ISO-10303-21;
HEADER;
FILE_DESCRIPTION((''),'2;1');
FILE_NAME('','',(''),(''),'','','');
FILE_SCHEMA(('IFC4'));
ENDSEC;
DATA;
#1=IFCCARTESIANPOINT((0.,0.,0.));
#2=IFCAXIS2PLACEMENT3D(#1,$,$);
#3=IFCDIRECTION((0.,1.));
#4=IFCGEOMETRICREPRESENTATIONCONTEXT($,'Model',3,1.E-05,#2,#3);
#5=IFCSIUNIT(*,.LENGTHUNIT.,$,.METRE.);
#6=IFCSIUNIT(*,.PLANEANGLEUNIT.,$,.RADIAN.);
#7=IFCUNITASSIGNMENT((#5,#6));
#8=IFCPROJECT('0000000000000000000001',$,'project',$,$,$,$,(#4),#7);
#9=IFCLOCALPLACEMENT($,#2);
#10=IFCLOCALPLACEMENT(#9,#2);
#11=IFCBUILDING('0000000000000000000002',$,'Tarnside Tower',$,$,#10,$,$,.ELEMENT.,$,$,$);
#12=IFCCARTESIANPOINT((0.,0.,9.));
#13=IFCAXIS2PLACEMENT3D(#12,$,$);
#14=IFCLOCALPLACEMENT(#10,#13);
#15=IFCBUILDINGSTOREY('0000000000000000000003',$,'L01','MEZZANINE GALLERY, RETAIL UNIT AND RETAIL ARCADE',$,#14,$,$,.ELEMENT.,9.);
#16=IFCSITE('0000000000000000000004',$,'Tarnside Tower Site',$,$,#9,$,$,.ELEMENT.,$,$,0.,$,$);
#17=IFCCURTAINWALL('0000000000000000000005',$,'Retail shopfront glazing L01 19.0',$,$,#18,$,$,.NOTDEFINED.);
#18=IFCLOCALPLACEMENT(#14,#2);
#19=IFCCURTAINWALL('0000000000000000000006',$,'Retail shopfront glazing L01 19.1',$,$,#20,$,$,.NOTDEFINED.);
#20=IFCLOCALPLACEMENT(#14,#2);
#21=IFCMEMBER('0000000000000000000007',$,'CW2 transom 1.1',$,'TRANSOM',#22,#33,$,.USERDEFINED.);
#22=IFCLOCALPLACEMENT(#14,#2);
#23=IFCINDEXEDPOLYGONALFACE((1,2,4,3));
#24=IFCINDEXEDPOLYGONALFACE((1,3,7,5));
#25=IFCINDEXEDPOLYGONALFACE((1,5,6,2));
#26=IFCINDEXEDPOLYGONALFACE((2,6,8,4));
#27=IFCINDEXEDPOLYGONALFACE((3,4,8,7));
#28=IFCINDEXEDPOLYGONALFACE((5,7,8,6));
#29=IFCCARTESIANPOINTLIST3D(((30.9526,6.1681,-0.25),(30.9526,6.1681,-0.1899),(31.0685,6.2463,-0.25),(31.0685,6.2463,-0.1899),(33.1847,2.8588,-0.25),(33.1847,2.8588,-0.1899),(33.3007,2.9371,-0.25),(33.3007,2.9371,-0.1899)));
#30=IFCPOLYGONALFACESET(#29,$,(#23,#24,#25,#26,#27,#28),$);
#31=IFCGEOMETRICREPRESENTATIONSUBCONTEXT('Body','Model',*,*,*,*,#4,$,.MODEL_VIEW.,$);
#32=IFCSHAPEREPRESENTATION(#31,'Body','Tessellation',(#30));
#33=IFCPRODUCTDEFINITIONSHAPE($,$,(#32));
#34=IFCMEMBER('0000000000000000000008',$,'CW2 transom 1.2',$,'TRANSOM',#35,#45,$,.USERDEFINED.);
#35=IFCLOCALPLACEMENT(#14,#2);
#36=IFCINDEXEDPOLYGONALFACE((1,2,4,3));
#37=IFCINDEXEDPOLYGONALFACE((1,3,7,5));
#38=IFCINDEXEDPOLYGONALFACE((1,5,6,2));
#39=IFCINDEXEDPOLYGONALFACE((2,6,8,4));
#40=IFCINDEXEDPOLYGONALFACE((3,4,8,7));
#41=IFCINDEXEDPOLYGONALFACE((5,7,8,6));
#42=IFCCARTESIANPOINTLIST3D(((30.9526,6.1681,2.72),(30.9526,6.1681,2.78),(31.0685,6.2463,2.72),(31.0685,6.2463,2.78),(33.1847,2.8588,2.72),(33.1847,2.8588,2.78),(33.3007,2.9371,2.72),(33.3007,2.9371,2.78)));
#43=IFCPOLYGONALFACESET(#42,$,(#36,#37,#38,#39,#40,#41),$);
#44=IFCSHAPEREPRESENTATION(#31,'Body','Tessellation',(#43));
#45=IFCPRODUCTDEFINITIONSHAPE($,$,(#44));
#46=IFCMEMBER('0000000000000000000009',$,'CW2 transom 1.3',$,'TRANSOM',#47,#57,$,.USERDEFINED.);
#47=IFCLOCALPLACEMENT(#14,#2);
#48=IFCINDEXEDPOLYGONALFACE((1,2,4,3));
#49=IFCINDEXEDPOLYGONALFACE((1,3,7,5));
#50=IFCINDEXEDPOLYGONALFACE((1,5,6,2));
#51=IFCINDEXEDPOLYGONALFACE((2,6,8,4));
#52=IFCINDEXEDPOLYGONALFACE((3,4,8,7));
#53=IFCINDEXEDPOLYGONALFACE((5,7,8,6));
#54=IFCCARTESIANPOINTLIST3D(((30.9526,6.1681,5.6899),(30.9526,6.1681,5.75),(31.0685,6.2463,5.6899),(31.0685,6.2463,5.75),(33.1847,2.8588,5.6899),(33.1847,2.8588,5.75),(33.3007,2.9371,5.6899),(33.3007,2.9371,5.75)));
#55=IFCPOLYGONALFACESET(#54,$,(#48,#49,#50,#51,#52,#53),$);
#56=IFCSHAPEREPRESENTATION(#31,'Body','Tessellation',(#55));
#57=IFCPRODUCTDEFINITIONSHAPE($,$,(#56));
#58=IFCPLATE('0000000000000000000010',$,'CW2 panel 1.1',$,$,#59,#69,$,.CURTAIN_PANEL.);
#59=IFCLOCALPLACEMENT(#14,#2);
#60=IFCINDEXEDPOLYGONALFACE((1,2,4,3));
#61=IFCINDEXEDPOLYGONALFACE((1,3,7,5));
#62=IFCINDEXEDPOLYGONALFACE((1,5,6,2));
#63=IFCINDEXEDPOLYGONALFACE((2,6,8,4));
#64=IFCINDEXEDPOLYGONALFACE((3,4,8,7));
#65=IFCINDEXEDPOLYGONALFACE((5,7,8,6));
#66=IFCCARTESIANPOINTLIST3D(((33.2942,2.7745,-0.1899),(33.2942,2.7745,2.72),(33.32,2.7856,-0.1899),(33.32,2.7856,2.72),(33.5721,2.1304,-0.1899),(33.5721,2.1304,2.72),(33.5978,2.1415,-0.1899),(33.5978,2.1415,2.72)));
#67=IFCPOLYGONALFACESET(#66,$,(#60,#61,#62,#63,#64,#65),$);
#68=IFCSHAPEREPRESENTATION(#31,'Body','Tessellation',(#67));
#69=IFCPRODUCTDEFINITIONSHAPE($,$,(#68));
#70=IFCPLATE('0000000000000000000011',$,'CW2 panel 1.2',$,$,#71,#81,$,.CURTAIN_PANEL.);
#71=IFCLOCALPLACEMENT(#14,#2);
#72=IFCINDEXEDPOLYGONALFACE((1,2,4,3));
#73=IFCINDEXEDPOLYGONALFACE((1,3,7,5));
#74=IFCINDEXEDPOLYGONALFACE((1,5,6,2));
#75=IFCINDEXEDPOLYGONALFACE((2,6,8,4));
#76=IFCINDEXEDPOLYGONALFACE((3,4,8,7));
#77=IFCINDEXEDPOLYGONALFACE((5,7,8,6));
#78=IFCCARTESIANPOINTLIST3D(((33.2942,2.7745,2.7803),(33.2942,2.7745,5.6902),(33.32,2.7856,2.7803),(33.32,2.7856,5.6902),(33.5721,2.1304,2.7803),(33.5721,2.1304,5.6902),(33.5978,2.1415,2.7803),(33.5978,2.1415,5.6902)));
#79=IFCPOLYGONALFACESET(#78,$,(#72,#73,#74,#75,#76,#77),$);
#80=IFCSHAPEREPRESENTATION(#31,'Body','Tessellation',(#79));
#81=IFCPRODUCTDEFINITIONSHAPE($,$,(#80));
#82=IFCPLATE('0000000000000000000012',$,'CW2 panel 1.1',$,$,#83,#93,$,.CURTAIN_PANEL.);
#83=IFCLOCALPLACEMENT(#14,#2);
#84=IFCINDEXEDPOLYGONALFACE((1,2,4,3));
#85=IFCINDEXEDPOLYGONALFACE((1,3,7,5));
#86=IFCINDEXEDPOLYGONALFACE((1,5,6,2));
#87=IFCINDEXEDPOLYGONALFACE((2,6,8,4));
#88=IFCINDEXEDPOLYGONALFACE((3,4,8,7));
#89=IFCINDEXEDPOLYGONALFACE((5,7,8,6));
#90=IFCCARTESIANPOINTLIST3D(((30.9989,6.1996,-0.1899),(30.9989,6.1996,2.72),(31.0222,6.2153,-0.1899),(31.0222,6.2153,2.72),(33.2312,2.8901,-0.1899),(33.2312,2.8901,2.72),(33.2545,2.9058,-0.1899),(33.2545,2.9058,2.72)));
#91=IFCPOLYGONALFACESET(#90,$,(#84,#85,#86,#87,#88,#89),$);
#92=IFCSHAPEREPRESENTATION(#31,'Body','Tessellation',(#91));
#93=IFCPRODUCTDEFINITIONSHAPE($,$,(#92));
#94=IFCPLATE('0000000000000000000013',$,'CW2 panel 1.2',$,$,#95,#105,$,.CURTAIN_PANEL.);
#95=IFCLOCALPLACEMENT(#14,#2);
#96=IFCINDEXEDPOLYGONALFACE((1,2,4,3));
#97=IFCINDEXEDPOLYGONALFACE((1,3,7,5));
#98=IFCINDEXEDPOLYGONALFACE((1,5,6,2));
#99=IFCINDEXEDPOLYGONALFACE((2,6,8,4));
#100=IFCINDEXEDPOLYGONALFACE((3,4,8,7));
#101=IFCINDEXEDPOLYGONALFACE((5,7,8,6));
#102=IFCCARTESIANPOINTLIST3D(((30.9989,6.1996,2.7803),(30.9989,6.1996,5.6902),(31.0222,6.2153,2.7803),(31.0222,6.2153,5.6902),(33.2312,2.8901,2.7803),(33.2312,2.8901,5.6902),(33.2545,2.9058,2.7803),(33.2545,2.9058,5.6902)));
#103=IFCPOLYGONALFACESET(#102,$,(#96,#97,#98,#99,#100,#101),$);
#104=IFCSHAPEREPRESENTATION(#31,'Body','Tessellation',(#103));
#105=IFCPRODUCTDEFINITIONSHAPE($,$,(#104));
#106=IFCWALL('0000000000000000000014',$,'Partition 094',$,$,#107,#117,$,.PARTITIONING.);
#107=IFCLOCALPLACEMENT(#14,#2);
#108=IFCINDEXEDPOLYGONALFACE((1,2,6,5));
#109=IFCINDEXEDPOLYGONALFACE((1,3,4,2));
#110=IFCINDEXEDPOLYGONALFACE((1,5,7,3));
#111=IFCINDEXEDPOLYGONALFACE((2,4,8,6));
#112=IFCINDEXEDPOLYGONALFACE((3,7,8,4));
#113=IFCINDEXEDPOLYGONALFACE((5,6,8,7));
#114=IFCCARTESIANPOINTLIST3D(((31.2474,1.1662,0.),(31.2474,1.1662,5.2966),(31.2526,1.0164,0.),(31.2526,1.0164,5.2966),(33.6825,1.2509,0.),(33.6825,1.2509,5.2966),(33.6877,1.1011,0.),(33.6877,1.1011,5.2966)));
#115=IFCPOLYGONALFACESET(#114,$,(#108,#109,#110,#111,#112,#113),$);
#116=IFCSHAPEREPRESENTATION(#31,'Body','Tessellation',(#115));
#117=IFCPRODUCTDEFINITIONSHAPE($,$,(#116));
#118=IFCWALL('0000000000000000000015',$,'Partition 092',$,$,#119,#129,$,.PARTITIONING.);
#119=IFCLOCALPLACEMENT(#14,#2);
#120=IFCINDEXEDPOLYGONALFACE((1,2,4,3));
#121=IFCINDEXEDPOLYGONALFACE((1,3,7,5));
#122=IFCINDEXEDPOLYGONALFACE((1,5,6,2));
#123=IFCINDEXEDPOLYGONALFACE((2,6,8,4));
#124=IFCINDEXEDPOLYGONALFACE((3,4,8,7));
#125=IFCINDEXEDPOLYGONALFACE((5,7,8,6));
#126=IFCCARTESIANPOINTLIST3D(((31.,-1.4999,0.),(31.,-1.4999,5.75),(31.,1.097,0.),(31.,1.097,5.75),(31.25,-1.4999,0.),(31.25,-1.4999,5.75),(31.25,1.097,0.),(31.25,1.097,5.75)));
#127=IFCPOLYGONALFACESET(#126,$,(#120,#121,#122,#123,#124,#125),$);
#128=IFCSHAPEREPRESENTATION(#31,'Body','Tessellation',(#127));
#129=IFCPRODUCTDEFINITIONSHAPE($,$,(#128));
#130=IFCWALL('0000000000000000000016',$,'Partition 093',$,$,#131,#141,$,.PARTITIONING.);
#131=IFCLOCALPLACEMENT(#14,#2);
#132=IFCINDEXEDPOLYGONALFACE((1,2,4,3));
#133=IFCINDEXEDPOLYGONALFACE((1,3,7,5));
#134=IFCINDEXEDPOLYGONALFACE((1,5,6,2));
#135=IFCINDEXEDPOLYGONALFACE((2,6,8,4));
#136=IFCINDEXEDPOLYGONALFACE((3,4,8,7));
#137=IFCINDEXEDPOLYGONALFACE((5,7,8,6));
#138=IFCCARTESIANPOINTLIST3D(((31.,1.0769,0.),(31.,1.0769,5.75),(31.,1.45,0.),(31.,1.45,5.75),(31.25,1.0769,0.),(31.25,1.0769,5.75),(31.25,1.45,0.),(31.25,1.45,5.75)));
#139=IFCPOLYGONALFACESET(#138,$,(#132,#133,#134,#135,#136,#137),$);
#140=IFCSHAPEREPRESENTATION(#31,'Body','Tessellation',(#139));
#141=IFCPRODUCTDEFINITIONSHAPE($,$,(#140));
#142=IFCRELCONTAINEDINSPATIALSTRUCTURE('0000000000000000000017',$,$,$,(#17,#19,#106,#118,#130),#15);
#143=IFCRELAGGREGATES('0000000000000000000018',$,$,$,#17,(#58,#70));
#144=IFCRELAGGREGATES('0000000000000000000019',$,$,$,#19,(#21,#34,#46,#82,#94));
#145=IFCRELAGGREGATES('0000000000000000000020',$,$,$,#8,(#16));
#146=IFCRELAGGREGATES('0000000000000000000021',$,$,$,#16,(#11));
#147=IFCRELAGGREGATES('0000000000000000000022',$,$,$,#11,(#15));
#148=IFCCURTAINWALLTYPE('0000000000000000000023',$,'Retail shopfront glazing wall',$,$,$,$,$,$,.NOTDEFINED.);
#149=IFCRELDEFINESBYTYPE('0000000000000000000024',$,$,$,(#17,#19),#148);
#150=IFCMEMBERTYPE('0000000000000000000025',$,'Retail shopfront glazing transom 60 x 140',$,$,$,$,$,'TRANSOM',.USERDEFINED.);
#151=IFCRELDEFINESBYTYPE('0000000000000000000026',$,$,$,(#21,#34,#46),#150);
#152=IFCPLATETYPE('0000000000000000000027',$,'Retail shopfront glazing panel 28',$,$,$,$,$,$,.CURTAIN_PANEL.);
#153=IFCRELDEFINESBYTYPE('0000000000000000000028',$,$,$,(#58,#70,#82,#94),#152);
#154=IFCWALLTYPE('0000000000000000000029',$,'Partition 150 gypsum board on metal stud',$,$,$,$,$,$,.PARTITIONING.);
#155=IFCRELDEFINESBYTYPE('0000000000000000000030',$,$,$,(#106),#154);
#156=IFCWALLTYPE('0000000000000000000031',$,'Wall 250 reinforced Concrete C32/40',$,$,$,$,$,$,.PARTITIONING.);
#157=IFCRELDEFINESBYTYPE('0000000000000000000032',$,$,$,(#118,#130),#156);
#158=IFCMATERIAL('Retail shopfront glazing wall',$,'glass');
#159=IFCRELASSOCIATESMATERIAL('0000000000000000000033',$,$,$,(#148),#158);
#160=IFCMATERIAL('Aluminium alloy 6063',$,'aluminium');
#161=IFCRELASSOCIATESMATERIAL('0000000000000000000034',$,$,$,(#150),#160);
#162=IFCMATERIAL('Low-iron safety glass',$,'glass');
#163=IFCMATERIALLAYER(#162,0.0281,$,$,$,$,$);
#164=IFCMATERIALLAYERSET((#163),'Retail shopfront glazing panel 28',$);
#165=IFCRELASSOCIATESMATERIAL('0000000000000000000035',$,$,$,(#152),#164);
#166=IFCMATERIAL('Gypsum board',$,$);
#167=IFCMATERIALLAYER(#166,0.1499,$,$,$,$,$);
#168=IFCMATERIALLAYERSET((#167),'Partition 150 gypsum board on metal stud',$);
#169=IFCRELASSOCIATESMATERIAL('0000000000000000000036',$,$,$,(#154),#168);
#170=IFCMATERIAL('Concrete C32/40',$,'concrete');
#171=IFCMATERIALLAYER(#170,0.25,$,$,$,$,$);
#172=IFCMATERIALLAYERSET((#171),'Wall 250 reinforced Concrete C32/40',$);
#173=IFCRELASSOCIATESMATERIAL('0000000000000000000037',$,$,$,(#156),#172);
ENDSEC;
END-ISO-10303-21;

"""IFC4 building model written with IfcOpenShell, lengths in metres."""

from ifc_helpers import new_model, si_unit, direction, frame, frame_2d, origin, origin_2d, place, context, subcontext, project, spatial, rectangle, extrude, material, layer, layer_set, material_profile, profile_set, type_object, element, aggregate, save


model = new_model("IFC4")

# Units and contexts
model_context = context("Model", 3, precision=1e-05, world=origin(), true_north=direction((0.0, 1.0)))
body_context = subcontext(model_context, "Body", "Model", "MODEL_VIEW")
ifc_project = project(units=[si_unit("LENGTHUNIT", "METRE"), si_unit("PLANEANGLEUNIT", "RADIAN")], contexts=[model_context])

# Site, building, storey
site_placement = place(None, origin())
site = spatial("IfcSite", under=ifc_project, at=site_placement, Name="Tarnside Tower Site", CompositionType="ELEMENT", RefElevation=0.0)
building_placement = place(site_placement, origin())
building = spatial("IfcBuilding", under=site, at=building_placement, Name="Tarnside Tower", CompositionType="ELEMENT")
storey_placement = place(building_placement, frame((0.0, 0.0, 9.0)))
storey = spatial("IfcBuildingStorey", under=building, at=storey_placement, Name="L01", Description="MEZZANINE GALLERY, RETAIL UNIT AND RETAIL ARCADE", CompositionType="ELEMENT", Elevation=9.0)

# Shared definitions
ifc_material_1 = material(Name="Retail shopfront glazing wall", Category="glass")
curtain_wall_type = type_object("IfcCurtainWallType", Name="Retail shopfront glazing wall", PredefinedType="NOTDEFINED", material=ifc_material_1)
ifc_material_2 = material(Name="Aluminium alloy 6063", Category="aluminium")

# Curtain wall
curtain_wall_1_placement = place(storey_placement, origin())
curtain_wall_1 = element("IfcCurtainWall", 1, at=curtain_wall_1_placement, inside=storey, type_object=curtain_wall_type, Name="Retail shopfront glazing L01 19.0", PredefinedType="NOTDEFINED")

# Curtain wall
curtain_wall_2_placement = place(storey_placement, origin())
curtain_wall_2 = element("IfcCurtainWall", 2, at=curtain_wall_2_placement, inside=storey, type_object=curtain_wall_type, Name="Retail shopfront glazing L01 19.1", PredefinedType="NOTDEFINED")

# Members
ifc_material_profile_1 = material_profile(ifc_material_2, rectangle(XDim=0.1399, YDim=0.0601, at=origin_2d()), Name="Retail shopfront glazing transom 60 x 140")
ifc_profile_set_1 = profile_set([ifc_material_profile_1], Name="Aluminium alloy 6063")
member_type_1 = type_object("IfcMemberType", Name="Retail shopfront glazing transom 60 x 140", ElementType="TRANSOM", PredefinedType="USERDEFINED", material=ifc_profile_set_1)
member_1_placement = place(storey_placement, frame((33.2427, 2.8979, -0.22), z_axis=(-0.559194, 0.829037, 0.0), x_axis=(-0.829037, -0.559194, 0.0)))
member_1 = element("IfcMember", 3, at=member_1_placement, type_object=member_type_1, Name="CW2 transom 1.1", ObjectType="TRANSOM", PredefinedType="USERDEFINED", context=body_context, shape_type="SweptSolid", body=[
    extrude(rectangle(XDim=0.1399, YDim=0.0601, at=origin_2d()), origin(), (0.0, 0.0, 1.0), 3.9917),
])
member_2_placement = place(storey_placement, frame((33.2427, 2.8979, 2.75), z_axis=(-0.559194, 0.829037, 0.0), x_axis=(-0.829037, -0.559194, 0.0)))
member_2 = element("IfcMember", 4, at=member_2_placement, type_object=member_type_1, Name="CW2 transom 1.2", ObjectType="TRANSOM", PredefinedType="USERDEFINED", context=body_context, shape_type="SweptSolid", body=[
    extrude(rectangle(XDim=0.1399, YDim=0.0601, at=origin_2d()), origin(), (0.0, 0.0, 1.0), 3.9917),
])
member_3_placement = place(storey_placement, frame((33.2427, 2.8979, 5.72), z_axis=(-0.559194, 0.829037, 0.0), x_axis=(-0.829037, -0.559194, 0.0)))
member_3 = element("IfcMember", 5, at=member_3_placement, type_object=member_type_1, Name="CW2 transom 1.3", ObjectType="TRANSOM", PredefinedType="USERDEFINED", context=body_context, shape_type="SweptSolid", body=[
    extrude(rectangle(XDim=0.1399, YDim=0.0601, at=origin_2d()), origin(), (0.0, 0.0, 1.0), 3.9917),
])

# Plates
ifc_material_3 = material(Name="Low-iron safety glass", Category="glass")
ifc_layer_1 = layer(ifc_material_3, 0.0281)
ifc_layer_set_1 = layer_set([ifc_layer_1], Name="Retail shopfront glazing panel 28")
plate_type = type_object("IfcPlateType", Name="Retail shopfront glazing panel 28", PredefinedType="CURTAIN_PANEL", material=ifc_layer_set_1)
plate_1_placement = place(storey_placement, frame((33.446, 2.458, -0.1899), z_axis=(0.0, 0.0, 1.0), x_axis=(-0.39608, 0.918216, 0.0)))
plate_1 = element("IfcPlate", 6, at=plate_1_placement, type_object=plate_type, Name="CW2 panel 1.1", PredefinedType="CURTAIN_PANEL", context=body_context, shape_type="SweptSolid", body=[
    extrude(rectangle(XDim=0.7014, YDim=0.0281, at=origin_2d()), origin(), (0.0, 0.0, 1.0), 2.9099),
])
plate_2_placement = place(storey_placement, frame((33.446, 2.458, 2.7803), z_axis=(0.0, 0.0, 1.0), x_axis=(-0.39608, 0.918216, 0.0)))
plate_2 = element("IfcPlate", 7, at=plate_2_placement, type_object=plate_type, Name="CW2 panel 1.2", PredefinedType="CURTAIN_PANEL", context=body_context, shape_type="SweptSolid", body=[
    extrude(rectangle(XDim=0.7014, YDim=0.0281, at=origin_2d()), origin(), (0.0, 0.0, 1.0), 2.9099),
])
aggregate(curtain_wall_1, [plate_1, plate_2])
plate_3_placement = place(storey_placement, frame((32.1267, 4.5527, -0.1899), z_axis=(0.0, 0.0, 1.0), x_axis=(-0.559193, 0.829038, 0.0)))
plate_3 = element("IfcPlate", 8, at=plate_3_placement, type_object=plate_type, Name="CW2 panel 1.1", PredefinedType="CURTAIN_PANEL", context=body_context, shape_type="SweptSolid", body=[
    extrude(rectangle(XDim=3.9919, YDim=0.0281, at=origin_2d()), origin(), (0.0, 0.0, 1.0), 2.9099),
])
plate_4_placement = place(storey_placement, frame((32.1267, 4.5527, 2.7803), z_axis=(0.0, 0.0, 1.0), x_axis=(-0.559193, 0.829038, 0.0)))
plate_4 = element("IfcPlate", 9, at=plate_4_placement, type_object=plate_type, Name="CW2 panel 1.2", PredefinedType="CURTAIN_PANEL", context=body_context, shape_type="SweptSolid", body=[
    extrude(rectangle(XDim=3.9919, YDim=0.0281, at=origin_2d()), origin(), (0.0, 0.0, 1.0), 2.9099),
])
aggregate(curtain_wall_2, [member_1, member_2, member_3, plate_3, plate_4])

# Walls
ifc_material_4 = material(Name="Gypsum board")
ifc_layer_2 = layer(ifc_material_4, 0.1499)
ifc_layer_set_2 = layer_set([ifc_layer_2], Name="Partition 150 gypsum board on metal stud")
wall_type_1 = type_object("IfcWallType", Name="Partition 150 gypsum board on metal stud", PredefinedType="PARTITIONING", material=ifc_layer_set_2)
wall_1_placement = place(storey_placement, frame((33.6851, 1.176, 0.0), z_axis=(0.0, 0.0, 1.0), x_axis=(-0.999395, -0.034769, 0.0)))
element("IfcWall", 10, at=wall_1_placement, inside=storey, type_object=wall_type_1, Name="Partition 094", PredefinedType="PARTITIONING", context=body_context, shape_type="SweptSolid", body=[
    extrude(rectangle(XDim=2.4365, YDim=0.1499, at=frame_2d((1.2183, 0.0))), origin(), (0.0, 0.0, 1.0), 5.2966),
])
ifc_material_5 = material(Name="Concrete C32/40", Category="concrete")
ifc_layer_3 = layer(ifc_material_5, 0.25)
ifc_layer_set_3 = layer_set([ifc_layer_3], Name="Wall 250 reinforced Concrete C32/40")
wall_type_2 = type_object("IfcWallType", Name="Wall 250 reinforced Concrete C32/40", PredefinedType="PARTITIONING", material=ifc_layer_set_3)
wall_2_placement = place(storey_placement, frame((31.125, 1.0969, 0.0), z_axis=(0.0, 0.0, 1.0), x_axis=(0.0, -1.0, 0.0)))
element("IfcWall", 11, at=wall_2_placement, inside=storey, type_object=wall_type_2, Name="Partition 092", PredefinedType="PARTITIONING", context=body_context, shape_type="SweptSolid", body=[
    extrude(rectangle(XDim=2.5969, YDim=0.25, at=frame_2d((1.2983, 0.0))), origin(), (0.0, 0.0, 1.0), 5.75),
])
wall_3_placement = place(storey_placement, frame((31.125, 1.45, 0.0), z_axis=(0.0, 0.0, 1.0), x_axis=(0.0, -1.0, 0.0)))
element("IfcWall", 12, at=wall_3_placement, inside=storey, type_object=wall_type_2, Name="Partition 093", PredefinedType="PARTITIONING", context=body_context, shape_type="SweptSolid", body=[
    extrude(rectangle(XDim=0.373, YDim=0.25, at=frame_2d((0.1865, 0.0))), origin(), (0.0, 0.0, 1.0), 5.75),
])

save(model, "model.ifc")
